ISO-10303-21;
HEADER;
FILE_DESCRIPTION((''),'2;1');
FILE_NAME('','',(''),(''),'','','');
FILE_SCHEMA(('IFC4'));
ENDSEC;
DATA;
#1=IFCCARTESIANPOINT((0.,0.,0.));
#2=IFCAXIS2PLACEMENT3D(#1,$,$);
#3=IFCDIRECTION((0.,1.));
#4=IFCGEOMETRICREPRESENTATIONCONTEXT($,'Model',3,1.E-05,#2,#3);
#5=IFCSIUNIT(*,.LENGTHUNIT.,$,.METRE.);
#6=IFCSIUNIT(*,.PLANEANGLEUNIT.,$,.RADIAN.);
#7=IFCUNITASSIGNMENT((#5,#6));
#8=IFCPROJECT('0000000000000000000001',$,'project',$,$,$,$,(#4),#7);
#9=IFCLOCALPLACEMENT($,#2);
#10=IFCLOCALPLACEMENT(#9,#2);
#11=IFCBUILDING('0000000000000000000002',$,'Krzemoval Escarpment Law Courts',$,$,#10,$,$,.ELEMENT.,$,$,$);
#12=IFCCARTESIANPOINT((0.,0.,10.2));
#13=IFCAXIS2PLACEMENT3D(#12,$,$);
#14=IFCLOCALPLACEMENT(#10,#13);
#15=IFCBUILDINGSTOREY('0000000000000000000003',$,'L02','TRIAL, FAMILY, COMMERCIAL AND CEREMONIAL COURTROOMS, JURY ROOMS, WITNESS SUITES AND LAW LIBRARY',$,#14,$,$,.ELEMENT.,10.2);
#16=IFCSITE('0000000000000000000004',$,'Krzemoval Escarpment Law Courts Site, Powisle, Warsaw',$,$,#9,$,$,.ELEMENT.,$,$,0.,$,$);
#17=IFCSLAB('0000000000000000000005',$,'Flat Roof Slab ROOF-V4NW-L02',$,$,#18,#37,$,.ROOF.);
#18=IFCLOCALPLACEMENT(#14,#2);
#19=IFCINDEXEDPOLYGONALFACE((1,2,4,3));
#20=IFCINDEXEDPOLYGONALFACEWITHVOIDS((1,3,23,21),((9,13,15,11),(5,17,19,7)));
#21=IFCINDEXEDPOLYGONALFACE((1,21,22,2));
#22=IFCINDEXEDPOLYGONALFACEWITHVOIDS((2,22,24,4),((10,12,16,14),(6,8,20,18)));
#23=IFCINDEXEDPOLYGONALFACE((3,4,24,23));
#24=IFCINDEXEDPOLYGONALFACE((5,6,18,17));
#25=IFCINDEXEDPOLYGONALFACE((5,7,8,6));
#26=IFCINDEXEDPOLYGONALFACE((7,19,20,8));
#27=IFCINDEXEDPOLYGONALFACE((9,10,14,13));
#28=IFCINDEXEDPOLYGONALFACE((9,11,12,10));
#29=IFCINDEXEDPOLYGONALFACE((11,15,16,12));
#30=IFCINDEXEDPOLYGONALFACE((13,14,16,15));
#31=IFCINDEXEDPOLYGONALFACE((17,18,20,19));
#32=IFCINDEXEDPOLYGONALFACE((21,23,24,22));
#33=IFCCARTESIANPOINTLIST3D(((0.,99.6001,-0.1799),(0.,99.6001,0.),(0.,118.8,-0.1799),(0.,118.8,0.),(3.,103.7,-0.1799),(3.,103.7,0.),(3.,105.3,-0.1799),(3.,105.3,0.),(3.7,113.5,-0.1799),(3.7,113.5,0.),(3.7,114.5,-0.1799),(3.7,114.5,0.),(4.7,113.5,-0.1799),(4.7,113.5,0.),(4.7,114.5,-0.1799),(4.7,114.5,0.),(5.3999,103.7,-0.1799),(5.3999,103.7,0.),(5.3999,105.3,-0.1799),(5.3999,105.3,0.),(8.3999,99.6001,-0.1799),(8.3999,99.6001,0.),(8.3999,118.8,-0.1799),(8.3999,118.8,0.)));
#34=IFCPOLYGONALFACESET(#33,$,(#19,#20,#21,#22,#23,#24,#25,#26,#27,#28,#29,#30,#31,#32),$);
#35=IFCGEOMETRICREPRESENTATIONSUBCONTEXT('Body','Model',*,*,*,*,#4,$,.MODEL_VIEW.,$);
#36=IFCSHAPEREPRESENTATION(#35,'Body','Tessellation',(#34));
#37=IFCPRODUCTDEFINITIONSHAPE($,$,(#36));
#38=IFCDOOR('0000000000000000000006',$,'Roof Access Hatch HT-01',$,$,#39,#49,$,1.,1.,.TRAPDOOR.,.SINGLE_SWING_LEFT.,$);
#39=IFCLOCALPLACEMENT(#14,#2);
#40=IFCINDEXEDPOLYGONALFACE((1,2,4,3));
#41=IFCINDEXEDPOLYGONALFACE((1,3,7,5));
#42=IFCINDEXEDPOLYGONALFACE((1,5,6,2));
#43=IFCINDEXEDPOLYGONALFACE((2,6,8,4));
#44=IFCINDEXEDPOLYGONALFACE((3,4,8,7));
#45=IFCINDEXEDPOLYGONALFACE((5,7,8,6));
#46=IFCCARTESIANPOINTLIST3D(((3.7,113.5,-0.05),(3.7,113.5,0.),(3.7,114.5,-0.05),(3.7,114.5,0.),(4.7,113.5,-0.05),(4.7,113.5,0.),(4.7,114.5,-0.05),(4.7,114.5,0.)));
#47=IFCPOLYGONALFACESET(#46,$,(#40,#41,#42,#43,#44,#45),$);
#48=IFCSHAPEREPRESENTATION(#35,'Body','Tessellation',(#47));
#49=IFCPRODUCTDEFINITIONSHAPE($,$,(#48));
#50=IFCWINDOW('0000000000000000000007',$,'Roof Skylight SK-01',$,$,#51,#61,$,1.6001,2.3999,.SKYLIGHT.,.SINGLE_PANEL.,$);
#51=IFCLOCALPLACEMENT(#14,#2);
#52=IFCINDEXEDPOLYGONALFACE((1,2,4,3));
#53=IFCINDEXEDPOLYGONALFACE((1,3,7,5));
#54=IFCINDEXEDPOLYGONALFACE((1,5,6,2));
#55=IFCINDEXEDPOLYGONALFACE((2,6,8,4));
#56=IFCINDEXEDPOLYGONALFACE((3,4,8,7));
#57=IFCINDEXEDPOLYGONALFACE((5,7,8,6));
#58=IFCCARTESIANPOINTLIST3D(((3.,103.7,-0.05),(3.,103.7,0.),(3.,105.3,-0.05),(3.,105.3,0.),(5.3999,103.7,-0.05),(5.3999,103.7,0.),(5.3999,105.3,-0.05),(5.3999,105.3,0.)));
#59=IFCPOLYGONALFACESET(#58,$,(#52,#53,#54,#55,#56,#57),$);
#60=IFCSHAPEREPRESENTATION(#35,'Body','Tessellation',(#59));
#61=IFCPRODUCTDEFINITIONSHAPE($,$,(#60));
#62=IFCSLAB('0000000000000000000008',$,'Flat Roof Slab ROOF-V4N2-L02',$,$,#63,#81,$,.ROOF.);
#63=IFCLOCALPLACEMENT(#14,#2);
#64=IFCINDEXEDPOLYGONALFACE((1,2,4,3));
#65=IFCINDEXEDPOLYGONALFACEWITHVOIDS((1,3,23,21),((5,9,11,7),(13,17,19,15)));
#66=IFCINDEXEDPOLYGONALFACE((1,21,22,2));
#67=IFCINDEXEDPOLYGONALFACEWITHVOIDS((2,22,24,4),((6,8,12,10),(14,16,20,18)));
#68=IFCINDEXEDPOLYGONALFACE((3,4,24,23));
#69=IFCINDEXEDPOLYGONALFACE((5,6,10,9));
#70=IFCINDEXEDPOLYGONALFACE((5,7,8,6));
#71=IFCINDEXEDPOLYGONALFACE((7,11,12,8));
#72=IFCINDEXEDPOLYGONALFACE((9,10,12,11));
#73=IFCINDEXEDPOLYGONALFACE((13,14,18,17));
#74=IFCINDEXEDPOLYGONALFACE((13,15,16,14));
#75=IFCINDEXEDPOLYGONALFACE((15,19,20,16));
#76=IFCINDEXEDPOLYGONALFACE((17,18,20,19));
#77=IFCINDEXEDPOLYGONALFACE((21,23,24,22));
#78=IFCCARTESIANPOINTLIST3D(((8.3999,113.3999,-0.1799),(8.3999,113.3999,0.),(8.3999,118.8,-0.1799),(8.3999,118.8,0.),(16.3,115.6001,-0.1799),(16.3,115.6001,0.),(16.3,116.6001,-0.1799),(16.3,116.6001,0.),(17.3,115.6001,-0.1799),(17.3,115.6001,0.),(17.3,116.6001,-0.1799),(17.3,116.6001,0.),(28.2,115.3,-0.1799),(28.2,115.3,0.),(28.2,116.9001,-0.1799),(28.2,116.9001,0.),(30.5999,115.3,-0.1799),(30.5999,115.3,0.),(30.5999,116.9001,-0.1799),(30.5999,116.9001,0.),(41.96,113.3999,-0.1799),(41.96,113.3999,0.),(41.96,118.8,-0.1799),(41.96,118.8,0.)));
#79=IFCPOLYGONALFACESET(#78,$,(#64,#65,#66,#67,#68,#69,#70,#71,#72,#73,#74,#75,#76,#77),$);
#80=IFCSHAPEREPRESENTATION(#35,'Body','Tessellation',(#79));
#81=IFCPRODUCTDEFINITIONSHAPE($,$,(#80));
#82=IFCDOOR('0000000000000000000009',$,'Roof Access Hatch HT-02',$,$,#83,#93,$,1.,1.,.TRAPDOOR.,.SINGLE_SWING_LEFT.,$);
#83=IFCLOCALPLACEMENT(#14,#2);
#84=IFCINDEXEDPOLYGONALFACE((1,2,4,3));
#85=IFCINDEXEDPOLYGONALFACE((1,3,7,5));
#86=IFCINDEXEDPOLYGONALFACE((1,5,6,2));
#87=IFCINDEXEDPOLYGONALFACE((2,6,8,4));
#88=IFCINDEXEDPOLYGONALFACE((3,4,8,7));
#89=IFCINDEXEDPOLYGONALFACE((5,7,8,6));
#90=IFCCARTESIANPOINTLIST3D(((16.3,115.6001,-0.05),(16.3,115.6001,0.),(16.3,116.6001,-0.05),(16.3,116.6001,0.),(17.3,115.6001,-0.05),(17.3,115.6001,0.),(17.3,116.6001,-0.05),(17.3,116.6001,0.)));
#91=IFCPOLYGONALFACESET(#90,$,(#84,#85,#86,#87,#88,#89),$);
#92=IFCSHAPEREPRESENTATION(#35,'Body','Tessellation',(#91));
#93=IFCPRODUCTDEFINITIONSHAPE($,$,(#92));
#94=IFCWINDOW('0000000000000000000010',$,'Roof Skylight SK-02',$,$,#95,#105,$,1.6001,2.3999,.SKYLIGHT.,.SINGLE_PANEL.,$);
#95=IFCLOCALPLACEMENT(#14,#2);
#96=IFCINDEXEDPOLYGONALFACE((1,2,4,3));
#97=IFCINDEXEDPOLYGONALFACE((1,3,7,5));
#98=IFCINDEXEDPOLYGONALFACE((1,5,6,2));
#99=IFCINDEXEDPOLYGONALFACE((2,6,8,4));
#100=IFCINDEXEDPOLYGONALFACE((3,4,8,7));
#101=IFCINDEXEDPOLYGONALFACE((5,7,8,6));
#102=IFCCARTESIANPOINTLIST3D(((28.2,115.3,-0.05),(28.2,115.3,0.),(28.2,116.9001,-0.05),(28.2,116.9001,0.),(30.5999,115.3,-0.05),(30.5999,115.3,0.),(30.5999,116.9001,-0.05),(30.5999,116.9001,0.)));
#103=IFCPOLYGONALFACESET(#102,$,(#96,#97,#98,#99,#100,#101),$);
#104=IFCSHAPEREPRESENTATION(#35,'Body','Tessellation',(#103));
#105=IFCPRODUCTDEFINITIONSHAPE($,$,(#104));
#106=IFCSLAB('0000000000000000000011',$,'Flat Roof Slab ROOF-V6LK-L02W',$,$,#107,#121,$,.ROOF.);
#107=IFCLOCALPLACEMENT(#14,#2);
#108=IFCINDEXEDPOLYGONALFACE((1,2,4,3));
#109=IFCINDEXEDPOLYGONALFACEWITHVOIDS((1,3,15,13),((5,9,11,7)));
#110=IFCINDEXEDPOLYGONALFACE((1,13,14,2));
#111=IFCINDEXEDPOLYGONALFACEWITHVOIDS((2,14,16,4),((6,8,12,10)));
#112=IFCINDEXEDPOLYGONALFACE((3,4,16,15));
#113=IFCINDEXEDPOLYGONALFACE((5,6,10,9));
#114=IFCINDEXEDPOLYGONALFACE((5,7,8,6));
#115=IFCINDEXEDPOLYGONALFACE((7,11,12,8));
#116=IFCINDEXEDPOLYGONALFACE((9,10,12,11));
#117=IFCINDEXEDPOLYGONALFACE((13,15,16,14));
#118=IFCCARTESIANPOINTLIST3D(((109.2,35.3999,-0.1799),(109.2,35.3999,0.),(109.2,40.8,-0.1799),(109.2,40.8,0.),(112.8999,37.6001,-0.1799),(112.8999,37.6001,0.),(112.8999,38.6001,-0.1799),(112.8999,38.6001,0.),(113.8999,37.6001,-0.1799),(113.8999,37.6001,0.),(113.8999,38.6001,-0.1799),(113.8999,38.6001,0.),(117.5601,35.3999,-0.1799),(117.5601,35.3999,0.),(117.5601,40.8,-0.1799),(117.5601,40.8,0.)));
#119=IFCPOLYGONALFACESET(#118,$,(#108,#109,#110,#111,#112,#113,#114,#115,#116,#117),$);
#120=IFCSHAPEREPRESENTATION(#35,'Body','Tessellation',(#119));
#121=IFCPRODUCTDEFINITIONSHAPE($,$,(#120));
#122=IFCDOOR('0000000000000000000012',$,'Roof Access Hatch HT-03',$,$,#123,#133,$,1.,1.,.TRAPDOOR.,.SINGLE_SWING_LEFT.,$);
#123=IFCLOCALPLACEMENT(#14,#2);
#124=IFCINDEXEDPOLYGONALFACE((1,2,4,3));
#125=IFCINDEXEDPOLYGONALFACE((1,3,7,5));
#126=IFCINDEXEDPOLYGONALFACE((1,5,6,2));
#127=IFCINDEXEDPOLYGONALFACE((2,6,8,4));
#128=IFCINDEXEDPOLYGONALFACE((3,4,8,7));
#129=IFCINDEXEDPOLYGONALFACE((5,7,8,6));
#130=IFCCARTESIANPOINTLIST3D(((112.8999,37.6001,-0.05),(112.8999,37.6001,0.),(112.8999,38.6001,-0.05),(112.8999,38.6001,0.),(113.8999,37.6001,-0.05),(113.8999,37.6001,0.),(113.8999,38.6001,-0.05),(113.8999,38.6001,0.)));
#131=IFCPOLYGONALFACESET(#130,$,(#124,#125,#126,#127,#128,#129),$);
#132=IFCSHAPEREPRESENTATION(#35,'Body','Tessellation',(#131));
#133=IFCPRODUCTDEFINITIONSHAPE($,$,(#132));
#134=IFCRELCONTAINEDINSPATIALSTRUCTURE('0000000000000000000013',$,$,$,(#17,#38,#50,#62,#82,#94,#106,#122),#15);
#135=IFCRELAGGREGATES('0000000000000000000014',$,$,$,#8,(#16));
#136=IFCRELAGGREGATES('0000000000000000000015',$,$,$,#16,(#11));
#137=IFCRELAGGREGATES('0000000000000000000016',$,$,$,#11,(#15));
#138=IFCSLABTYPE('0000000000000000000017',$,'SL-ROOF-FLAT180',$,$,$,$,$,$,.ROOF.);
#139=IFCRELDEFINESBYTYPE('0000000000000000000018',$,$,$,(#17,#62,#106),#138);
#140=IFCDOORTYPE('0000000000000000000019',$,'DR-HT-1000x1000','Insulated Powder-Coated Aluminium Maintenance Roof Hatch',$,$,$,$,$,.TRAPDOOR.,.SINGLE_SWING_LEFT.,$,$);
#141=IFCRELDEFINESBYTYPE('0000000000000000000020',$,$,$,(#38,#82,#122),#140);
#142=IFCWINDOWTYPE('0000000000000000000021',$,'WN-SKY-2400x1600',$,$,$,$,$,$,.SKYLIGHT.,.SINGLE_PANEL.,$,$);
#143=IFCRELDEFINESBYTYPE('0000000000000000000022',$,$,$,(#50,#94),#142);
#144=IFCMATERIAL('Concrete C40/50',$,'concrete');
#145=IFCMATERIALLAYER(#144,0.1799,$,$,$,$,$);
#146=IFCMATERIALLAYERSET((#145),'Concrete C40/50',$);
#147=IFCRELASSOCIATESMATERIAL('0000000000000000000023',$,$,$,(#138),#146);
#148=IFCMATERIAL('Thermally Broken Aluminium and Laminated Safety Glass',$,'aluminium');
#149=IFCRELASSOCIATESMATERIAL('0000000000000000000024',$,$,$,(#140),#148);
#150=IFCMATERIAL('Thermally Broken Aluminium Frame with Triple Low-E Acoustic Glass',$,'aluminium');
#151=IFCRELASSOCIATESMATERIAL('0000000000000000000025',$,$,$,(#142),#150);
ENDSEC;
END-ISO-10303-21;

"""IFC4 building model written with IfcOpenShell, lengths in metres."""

from ifc_helpers import new_model, si_unit, direction, frame, origin, origin_2d, place, context, subcontext, project, spatial, polyline, rectangle, outline, extrude, material, layer, layer_set, type_object, element, fill, save


model = new_model("IFC4")

# Units and contexts
model_context = context("Model", 3, precision=1e-05, world=origin(), true_north=direction((0.0, 1.0)))
body_context = subcontext(model_context, "Body", "Model", "MODEL_VIEW")
ifc_project = project(units=[si_unit("LENGTHUNIT", "METRE"), si_unit("PLANEANGLEUNIT", "RADIAN")], contexts=[model_context])

# Site, building, storey
site_placement = place(None, origin())
site = spatial("IfcSite", under=ifc_project, at=site_placement, Name="Krzemoval Escarpment Law Courts Site, Powisle, Warsaw", CompositionType="ELEMENT", RefElevation=0.0)
building_placement = place(site_placement, origin())
building = spatial("IfcBuilding", under=site, at=building_placement, Name="Krzemoval Escarpment Law Courts", CompositionType="ELEMENT")
storey_placement = place(building_placement, frame((0.0, 0.0, 10.2)))
storey = spatial("IfcBuildingStorey", under=building, at=storey_placement, Name="L02", Description="TRIAL, FAMILY, COMMERCIAL AND CEREMONIAL COURTROOMS, JURY ROOMS, WITNESS SUITES AND LAW LIBRARY", CompositionType="ELEMENT", Elevation=10.2)

# Slabs, openings, doors, windows
ifc_material_1 = material(Name="Concrete C40/50", Category="concrete")
ifc_layer_1 = layer(ifc_material_1, 0.1799)
ifc_layer_set_1 = layer_set([ifc_layer_1], Name="Concrete C40/50")
slab_type_1 = type_object("IfcSlabType", Name="SL-ROOF-FLAT180", PredefinedType="ROOF", material=ifc_layer_set_1)
slab_1_placement = place(storey_placement, frame((0.0, 0.0, -0.1799)))
slab_1 = element("IfcSlab", 1, at=slab_1_placement, inside=storey, type_object=slab_type_1, Name="Flat Roof Slab ROOF-V4NW-L02", PredefinedType="ROOF", context=body_context, shape_type="SweptSolid", body=[
    extrude(outline(polyline([(0.0, 99.6001), (0.0, 118.8), (8.3999, 118.8), (8.3999, 99.6001), (0.0, 99.6001)])), origin(), (0.0, 0.0, 1.0), 0.1799),
])
opening_1_placement = place(slab_1_placement, frame((4.2, 104.5, 0.0)))
opening_1 = element("IfcOpeningElement", 2, at=opening_1_placement, cuts=slab_1, PredefinedType="OPENING", context=body_context, shape_type="SweptSolid", body=[
    extrude(rectangle(XDim=2.3999, YDim=1.6001, at=origin_2d()), frame((0.0, 0.0, -0.015)), (0.0, 0.0, 1.0), 0.2099),
])
opening_2_placement = place(slab_1_placement, frame((4.2, 114.0, 0.0)))
opening_2 = element("IfcOpeningElement", 3, at=opening_2_placement, cuts=slab_1, PredefinedType="OPENING", context=body_context, shape_type="SweptSolid", body=[
    extrude(rectangle(XDim=1.0, YDim=1.0, at=origin_2d()), frame((0.0, 0.0, -0.015)), (0.0, 0.0, 1.0), 0.2099),
])
ifc_material_2 = material(Name="Thermally Broken Aluminium and Laminated Safety Glass", Category="aluminium")
door_type = type_object("IfcDoorType", Name="DR-HT-1000x1000", Description="Insulated Powder-Coated Aluminium Maintenance Roof Hatch", OperationType="SINGLE_SWING_LEFT", PredefinedType="TRAPDOOR", material=ifc_material_2)
door_1_placement = place(opening_2_placement, frame((0.0, 0.0, 0.1299)))
door_1 = element("IfcDoor", 4, at=door_1_placement, inside=storey, type_object=door_type, Name="Roof Access Hatch HT-01", OperationType="SINGLE_SWING_LEFT", OverallHeight=1.0, OverallWidth=1.0, PredefinedType="TRAPDOOR", context=body_context, shape_type="SweptSolid", body=[
    extrude(rectangle(XDim=1.0, YDim=1.0, at=origin_2d()), origin(), (0.0, 0.0, 1.0), 0.05),
])
fill(opening_2, door_1)
ifc_material_3 = material(Name="Thermally Broken Aluminium Frame with Triple Low-E Acoustic Glass", Category="aluminium")
window_type = type_object("IfcWindowType", Name="WN-SKY-2400x1600", PartitioningType="SINGLE_PANEL", PredefinedType="SKYLIGHT", material=ifc_material_3)
window_1_placement = place(opening_1_placement, frame((0.0, 0.0, 0.1299)))
window_1 = element("IfcWindow", 5, at=window_1_placement, inside=storey, type_object=window_type, Name="Roof Skylight SK-01", OverallHeight=1.6001, OverallWidth=2.3999, PartitioningType="SINGLE_PANEL", PredefinedType="SKYLIGHT", context=body_context, shape_type="SweptSolid", body=[
    extrude(rectangle(XDim=2.3999, YDim=1.6001, at=origin_2d()), origin(), (0.0, 0.0, 1.0), 0.05),
])
fill(opening_1, window_1)
slab_2_placement = place(storey_placement, frame((0.0, 0.0, -0.1799)))
slab_2 = element("IfcSlab", 6, at=slab_2_placement, inside=storey, type_object=slab_type_1, Name="Flat Roof Slab ROOF-V4N2-L02", PredefinedType="ROOF", context=body_context, shape_type="SweptSolid", body=[
    extrude(outline(polyline([(41.96, 113.3999), (8.3999, 113.3999), (8.3999, 118.8), (41.96, 118.8), (41.96, 113.3999)])), origin(), (0.0, 0.0, 1.0), 0.1799),
])
opening_3_placement = place(slab_2_placement, frame((29.3999, 116.1001, 0.0)))
opening_3 = element("IfcOpeningElement", 7, at=opening_3_placement, cuts=slab_2, PredefinedType="OPENING", context=body_context, shape_type="SweptSolid", body=[
    extrude(rectangle(XDim=2.3999, YDim=1.6001, at=origin_2d()), frame((0.0, 0.0, -0.015)), (0.0, 0.0, 1.0), 0.2099),
])
opening_4_placement = place(slab_2_placement, frame((16.8, 116.1001, 0.0)))
opening_4 = element("IfcOpeningElement", 8, at=opening_4_placement, cuts=slab_2, PredefinedType="OPENING", context=body_context, shape_type="SweptSolid", body=[
    extrude(rectangle(XDim=1.0, YDim=1.0, at=origin_2d()), frame((0.0, 0.0, -0.015)), (0.0, 0.0, 1.0), 0.2099),
])
door_2_placement = place(opening_4_placement, frame((0.0, 0.0, 0.1299)))
door_2 = element("IfcDoor", 9, at=door_2_placement, inside=storey, type_object=door_type, Name="Roof Access Hatch HT-02", OperationType="SINGLE_SWING_LEFT", OverallHeight=1.0, OverallWidth=1.0, PredefinedType="TRAPDOOR", context=body_context, shape_type="SweptSolid", body=[
    extrude(rectangle(XDim=1.0, YDim=1.0, at=origin_2d()), origin(), (0.0, 0.0, 1.0), 0.05),
])
fill(opening_4, door_2)
window_2_placement = place(opening_3_placement, frame((0.0, 0.0, 0.1299)))
window_2 = element("IfcWindow", 10, at=window_2_placement, inside=storey, type_object=window_type, Name="Roof Skylight SK-02", OverallHeight=1.6001, OverallWidth=2.3999, PartitioningType="SINGLE_PANEL", PredefinedType="SKYLIGHT", context=body_context, shape_type="SweptSolid", body=[
    extrude(rectangle(XDim=2.3999, YDim=1.6001, at=origin_2d()), origin(), (0.0, 0.0, 1.0), 0.05),
])
fill(opening_3, window_2)

# Slab, opening, door
slab_3_placement = place(storey_placement, frame((0.0, 0.0, -0.1799)))
slab_3 = element("IfcSlab", 11, at=slab_3_placement, inside=storey, type_object=slab_type_1, Name="Flat Roof Slab ROOF-V6LK-L02W", PredefinedType="ROOF", context=body_context, shape_type="SweptSolid", body=[
    extrude(outline(polyline([(109.2, 35.3999), (109.2, 40.8), (117.5601, 40.8), (117.5601, 35.3999), (109.2, 35.3999)])), origin(), (0.0, 0.0, 1.0), 0.1799),
])
opening_5_placement = place(slab_3_placement, frame((113.3999, 38.1001, 0.0)))
opening_5 = element("IfcOpeningElement", 12, at=opening_5_placement, cuts=slab_3, PredefinedType="OPENING", context=body_context, shape_type="SweptSolid", body=[
    extrude(rectangle(XDim=1.0, YDim=1.0, at=origin_2d()), frame((0.0, 0.0, -0.015)), (0.0, 0.0, 1.0), 0.2099),
])
door_3_placement = place(opening_5_placement, frame((0.0, 0.0, 0.1299)))
door_3 = element("IfcDoor", 13, at=door_3_placement, inside=storey, type_object=door_type, Name="Roof Access Hatch HT-03", OperationType="SINGLE_SWING_LEFT", OverallHeight=1.0, OverallWidth=1.0, PredefinedType="TRAPDOOR", context=body_context, shape_type="SweptSolid", body=[
    extrude(rectangle(XDim=1.0, YDim=1.0, at=origin_2d()), origin(), (0.0, 0.0, 1.0), 0.05),
])
fill(opening_5, door_3)

save(model, "model.ifc")
